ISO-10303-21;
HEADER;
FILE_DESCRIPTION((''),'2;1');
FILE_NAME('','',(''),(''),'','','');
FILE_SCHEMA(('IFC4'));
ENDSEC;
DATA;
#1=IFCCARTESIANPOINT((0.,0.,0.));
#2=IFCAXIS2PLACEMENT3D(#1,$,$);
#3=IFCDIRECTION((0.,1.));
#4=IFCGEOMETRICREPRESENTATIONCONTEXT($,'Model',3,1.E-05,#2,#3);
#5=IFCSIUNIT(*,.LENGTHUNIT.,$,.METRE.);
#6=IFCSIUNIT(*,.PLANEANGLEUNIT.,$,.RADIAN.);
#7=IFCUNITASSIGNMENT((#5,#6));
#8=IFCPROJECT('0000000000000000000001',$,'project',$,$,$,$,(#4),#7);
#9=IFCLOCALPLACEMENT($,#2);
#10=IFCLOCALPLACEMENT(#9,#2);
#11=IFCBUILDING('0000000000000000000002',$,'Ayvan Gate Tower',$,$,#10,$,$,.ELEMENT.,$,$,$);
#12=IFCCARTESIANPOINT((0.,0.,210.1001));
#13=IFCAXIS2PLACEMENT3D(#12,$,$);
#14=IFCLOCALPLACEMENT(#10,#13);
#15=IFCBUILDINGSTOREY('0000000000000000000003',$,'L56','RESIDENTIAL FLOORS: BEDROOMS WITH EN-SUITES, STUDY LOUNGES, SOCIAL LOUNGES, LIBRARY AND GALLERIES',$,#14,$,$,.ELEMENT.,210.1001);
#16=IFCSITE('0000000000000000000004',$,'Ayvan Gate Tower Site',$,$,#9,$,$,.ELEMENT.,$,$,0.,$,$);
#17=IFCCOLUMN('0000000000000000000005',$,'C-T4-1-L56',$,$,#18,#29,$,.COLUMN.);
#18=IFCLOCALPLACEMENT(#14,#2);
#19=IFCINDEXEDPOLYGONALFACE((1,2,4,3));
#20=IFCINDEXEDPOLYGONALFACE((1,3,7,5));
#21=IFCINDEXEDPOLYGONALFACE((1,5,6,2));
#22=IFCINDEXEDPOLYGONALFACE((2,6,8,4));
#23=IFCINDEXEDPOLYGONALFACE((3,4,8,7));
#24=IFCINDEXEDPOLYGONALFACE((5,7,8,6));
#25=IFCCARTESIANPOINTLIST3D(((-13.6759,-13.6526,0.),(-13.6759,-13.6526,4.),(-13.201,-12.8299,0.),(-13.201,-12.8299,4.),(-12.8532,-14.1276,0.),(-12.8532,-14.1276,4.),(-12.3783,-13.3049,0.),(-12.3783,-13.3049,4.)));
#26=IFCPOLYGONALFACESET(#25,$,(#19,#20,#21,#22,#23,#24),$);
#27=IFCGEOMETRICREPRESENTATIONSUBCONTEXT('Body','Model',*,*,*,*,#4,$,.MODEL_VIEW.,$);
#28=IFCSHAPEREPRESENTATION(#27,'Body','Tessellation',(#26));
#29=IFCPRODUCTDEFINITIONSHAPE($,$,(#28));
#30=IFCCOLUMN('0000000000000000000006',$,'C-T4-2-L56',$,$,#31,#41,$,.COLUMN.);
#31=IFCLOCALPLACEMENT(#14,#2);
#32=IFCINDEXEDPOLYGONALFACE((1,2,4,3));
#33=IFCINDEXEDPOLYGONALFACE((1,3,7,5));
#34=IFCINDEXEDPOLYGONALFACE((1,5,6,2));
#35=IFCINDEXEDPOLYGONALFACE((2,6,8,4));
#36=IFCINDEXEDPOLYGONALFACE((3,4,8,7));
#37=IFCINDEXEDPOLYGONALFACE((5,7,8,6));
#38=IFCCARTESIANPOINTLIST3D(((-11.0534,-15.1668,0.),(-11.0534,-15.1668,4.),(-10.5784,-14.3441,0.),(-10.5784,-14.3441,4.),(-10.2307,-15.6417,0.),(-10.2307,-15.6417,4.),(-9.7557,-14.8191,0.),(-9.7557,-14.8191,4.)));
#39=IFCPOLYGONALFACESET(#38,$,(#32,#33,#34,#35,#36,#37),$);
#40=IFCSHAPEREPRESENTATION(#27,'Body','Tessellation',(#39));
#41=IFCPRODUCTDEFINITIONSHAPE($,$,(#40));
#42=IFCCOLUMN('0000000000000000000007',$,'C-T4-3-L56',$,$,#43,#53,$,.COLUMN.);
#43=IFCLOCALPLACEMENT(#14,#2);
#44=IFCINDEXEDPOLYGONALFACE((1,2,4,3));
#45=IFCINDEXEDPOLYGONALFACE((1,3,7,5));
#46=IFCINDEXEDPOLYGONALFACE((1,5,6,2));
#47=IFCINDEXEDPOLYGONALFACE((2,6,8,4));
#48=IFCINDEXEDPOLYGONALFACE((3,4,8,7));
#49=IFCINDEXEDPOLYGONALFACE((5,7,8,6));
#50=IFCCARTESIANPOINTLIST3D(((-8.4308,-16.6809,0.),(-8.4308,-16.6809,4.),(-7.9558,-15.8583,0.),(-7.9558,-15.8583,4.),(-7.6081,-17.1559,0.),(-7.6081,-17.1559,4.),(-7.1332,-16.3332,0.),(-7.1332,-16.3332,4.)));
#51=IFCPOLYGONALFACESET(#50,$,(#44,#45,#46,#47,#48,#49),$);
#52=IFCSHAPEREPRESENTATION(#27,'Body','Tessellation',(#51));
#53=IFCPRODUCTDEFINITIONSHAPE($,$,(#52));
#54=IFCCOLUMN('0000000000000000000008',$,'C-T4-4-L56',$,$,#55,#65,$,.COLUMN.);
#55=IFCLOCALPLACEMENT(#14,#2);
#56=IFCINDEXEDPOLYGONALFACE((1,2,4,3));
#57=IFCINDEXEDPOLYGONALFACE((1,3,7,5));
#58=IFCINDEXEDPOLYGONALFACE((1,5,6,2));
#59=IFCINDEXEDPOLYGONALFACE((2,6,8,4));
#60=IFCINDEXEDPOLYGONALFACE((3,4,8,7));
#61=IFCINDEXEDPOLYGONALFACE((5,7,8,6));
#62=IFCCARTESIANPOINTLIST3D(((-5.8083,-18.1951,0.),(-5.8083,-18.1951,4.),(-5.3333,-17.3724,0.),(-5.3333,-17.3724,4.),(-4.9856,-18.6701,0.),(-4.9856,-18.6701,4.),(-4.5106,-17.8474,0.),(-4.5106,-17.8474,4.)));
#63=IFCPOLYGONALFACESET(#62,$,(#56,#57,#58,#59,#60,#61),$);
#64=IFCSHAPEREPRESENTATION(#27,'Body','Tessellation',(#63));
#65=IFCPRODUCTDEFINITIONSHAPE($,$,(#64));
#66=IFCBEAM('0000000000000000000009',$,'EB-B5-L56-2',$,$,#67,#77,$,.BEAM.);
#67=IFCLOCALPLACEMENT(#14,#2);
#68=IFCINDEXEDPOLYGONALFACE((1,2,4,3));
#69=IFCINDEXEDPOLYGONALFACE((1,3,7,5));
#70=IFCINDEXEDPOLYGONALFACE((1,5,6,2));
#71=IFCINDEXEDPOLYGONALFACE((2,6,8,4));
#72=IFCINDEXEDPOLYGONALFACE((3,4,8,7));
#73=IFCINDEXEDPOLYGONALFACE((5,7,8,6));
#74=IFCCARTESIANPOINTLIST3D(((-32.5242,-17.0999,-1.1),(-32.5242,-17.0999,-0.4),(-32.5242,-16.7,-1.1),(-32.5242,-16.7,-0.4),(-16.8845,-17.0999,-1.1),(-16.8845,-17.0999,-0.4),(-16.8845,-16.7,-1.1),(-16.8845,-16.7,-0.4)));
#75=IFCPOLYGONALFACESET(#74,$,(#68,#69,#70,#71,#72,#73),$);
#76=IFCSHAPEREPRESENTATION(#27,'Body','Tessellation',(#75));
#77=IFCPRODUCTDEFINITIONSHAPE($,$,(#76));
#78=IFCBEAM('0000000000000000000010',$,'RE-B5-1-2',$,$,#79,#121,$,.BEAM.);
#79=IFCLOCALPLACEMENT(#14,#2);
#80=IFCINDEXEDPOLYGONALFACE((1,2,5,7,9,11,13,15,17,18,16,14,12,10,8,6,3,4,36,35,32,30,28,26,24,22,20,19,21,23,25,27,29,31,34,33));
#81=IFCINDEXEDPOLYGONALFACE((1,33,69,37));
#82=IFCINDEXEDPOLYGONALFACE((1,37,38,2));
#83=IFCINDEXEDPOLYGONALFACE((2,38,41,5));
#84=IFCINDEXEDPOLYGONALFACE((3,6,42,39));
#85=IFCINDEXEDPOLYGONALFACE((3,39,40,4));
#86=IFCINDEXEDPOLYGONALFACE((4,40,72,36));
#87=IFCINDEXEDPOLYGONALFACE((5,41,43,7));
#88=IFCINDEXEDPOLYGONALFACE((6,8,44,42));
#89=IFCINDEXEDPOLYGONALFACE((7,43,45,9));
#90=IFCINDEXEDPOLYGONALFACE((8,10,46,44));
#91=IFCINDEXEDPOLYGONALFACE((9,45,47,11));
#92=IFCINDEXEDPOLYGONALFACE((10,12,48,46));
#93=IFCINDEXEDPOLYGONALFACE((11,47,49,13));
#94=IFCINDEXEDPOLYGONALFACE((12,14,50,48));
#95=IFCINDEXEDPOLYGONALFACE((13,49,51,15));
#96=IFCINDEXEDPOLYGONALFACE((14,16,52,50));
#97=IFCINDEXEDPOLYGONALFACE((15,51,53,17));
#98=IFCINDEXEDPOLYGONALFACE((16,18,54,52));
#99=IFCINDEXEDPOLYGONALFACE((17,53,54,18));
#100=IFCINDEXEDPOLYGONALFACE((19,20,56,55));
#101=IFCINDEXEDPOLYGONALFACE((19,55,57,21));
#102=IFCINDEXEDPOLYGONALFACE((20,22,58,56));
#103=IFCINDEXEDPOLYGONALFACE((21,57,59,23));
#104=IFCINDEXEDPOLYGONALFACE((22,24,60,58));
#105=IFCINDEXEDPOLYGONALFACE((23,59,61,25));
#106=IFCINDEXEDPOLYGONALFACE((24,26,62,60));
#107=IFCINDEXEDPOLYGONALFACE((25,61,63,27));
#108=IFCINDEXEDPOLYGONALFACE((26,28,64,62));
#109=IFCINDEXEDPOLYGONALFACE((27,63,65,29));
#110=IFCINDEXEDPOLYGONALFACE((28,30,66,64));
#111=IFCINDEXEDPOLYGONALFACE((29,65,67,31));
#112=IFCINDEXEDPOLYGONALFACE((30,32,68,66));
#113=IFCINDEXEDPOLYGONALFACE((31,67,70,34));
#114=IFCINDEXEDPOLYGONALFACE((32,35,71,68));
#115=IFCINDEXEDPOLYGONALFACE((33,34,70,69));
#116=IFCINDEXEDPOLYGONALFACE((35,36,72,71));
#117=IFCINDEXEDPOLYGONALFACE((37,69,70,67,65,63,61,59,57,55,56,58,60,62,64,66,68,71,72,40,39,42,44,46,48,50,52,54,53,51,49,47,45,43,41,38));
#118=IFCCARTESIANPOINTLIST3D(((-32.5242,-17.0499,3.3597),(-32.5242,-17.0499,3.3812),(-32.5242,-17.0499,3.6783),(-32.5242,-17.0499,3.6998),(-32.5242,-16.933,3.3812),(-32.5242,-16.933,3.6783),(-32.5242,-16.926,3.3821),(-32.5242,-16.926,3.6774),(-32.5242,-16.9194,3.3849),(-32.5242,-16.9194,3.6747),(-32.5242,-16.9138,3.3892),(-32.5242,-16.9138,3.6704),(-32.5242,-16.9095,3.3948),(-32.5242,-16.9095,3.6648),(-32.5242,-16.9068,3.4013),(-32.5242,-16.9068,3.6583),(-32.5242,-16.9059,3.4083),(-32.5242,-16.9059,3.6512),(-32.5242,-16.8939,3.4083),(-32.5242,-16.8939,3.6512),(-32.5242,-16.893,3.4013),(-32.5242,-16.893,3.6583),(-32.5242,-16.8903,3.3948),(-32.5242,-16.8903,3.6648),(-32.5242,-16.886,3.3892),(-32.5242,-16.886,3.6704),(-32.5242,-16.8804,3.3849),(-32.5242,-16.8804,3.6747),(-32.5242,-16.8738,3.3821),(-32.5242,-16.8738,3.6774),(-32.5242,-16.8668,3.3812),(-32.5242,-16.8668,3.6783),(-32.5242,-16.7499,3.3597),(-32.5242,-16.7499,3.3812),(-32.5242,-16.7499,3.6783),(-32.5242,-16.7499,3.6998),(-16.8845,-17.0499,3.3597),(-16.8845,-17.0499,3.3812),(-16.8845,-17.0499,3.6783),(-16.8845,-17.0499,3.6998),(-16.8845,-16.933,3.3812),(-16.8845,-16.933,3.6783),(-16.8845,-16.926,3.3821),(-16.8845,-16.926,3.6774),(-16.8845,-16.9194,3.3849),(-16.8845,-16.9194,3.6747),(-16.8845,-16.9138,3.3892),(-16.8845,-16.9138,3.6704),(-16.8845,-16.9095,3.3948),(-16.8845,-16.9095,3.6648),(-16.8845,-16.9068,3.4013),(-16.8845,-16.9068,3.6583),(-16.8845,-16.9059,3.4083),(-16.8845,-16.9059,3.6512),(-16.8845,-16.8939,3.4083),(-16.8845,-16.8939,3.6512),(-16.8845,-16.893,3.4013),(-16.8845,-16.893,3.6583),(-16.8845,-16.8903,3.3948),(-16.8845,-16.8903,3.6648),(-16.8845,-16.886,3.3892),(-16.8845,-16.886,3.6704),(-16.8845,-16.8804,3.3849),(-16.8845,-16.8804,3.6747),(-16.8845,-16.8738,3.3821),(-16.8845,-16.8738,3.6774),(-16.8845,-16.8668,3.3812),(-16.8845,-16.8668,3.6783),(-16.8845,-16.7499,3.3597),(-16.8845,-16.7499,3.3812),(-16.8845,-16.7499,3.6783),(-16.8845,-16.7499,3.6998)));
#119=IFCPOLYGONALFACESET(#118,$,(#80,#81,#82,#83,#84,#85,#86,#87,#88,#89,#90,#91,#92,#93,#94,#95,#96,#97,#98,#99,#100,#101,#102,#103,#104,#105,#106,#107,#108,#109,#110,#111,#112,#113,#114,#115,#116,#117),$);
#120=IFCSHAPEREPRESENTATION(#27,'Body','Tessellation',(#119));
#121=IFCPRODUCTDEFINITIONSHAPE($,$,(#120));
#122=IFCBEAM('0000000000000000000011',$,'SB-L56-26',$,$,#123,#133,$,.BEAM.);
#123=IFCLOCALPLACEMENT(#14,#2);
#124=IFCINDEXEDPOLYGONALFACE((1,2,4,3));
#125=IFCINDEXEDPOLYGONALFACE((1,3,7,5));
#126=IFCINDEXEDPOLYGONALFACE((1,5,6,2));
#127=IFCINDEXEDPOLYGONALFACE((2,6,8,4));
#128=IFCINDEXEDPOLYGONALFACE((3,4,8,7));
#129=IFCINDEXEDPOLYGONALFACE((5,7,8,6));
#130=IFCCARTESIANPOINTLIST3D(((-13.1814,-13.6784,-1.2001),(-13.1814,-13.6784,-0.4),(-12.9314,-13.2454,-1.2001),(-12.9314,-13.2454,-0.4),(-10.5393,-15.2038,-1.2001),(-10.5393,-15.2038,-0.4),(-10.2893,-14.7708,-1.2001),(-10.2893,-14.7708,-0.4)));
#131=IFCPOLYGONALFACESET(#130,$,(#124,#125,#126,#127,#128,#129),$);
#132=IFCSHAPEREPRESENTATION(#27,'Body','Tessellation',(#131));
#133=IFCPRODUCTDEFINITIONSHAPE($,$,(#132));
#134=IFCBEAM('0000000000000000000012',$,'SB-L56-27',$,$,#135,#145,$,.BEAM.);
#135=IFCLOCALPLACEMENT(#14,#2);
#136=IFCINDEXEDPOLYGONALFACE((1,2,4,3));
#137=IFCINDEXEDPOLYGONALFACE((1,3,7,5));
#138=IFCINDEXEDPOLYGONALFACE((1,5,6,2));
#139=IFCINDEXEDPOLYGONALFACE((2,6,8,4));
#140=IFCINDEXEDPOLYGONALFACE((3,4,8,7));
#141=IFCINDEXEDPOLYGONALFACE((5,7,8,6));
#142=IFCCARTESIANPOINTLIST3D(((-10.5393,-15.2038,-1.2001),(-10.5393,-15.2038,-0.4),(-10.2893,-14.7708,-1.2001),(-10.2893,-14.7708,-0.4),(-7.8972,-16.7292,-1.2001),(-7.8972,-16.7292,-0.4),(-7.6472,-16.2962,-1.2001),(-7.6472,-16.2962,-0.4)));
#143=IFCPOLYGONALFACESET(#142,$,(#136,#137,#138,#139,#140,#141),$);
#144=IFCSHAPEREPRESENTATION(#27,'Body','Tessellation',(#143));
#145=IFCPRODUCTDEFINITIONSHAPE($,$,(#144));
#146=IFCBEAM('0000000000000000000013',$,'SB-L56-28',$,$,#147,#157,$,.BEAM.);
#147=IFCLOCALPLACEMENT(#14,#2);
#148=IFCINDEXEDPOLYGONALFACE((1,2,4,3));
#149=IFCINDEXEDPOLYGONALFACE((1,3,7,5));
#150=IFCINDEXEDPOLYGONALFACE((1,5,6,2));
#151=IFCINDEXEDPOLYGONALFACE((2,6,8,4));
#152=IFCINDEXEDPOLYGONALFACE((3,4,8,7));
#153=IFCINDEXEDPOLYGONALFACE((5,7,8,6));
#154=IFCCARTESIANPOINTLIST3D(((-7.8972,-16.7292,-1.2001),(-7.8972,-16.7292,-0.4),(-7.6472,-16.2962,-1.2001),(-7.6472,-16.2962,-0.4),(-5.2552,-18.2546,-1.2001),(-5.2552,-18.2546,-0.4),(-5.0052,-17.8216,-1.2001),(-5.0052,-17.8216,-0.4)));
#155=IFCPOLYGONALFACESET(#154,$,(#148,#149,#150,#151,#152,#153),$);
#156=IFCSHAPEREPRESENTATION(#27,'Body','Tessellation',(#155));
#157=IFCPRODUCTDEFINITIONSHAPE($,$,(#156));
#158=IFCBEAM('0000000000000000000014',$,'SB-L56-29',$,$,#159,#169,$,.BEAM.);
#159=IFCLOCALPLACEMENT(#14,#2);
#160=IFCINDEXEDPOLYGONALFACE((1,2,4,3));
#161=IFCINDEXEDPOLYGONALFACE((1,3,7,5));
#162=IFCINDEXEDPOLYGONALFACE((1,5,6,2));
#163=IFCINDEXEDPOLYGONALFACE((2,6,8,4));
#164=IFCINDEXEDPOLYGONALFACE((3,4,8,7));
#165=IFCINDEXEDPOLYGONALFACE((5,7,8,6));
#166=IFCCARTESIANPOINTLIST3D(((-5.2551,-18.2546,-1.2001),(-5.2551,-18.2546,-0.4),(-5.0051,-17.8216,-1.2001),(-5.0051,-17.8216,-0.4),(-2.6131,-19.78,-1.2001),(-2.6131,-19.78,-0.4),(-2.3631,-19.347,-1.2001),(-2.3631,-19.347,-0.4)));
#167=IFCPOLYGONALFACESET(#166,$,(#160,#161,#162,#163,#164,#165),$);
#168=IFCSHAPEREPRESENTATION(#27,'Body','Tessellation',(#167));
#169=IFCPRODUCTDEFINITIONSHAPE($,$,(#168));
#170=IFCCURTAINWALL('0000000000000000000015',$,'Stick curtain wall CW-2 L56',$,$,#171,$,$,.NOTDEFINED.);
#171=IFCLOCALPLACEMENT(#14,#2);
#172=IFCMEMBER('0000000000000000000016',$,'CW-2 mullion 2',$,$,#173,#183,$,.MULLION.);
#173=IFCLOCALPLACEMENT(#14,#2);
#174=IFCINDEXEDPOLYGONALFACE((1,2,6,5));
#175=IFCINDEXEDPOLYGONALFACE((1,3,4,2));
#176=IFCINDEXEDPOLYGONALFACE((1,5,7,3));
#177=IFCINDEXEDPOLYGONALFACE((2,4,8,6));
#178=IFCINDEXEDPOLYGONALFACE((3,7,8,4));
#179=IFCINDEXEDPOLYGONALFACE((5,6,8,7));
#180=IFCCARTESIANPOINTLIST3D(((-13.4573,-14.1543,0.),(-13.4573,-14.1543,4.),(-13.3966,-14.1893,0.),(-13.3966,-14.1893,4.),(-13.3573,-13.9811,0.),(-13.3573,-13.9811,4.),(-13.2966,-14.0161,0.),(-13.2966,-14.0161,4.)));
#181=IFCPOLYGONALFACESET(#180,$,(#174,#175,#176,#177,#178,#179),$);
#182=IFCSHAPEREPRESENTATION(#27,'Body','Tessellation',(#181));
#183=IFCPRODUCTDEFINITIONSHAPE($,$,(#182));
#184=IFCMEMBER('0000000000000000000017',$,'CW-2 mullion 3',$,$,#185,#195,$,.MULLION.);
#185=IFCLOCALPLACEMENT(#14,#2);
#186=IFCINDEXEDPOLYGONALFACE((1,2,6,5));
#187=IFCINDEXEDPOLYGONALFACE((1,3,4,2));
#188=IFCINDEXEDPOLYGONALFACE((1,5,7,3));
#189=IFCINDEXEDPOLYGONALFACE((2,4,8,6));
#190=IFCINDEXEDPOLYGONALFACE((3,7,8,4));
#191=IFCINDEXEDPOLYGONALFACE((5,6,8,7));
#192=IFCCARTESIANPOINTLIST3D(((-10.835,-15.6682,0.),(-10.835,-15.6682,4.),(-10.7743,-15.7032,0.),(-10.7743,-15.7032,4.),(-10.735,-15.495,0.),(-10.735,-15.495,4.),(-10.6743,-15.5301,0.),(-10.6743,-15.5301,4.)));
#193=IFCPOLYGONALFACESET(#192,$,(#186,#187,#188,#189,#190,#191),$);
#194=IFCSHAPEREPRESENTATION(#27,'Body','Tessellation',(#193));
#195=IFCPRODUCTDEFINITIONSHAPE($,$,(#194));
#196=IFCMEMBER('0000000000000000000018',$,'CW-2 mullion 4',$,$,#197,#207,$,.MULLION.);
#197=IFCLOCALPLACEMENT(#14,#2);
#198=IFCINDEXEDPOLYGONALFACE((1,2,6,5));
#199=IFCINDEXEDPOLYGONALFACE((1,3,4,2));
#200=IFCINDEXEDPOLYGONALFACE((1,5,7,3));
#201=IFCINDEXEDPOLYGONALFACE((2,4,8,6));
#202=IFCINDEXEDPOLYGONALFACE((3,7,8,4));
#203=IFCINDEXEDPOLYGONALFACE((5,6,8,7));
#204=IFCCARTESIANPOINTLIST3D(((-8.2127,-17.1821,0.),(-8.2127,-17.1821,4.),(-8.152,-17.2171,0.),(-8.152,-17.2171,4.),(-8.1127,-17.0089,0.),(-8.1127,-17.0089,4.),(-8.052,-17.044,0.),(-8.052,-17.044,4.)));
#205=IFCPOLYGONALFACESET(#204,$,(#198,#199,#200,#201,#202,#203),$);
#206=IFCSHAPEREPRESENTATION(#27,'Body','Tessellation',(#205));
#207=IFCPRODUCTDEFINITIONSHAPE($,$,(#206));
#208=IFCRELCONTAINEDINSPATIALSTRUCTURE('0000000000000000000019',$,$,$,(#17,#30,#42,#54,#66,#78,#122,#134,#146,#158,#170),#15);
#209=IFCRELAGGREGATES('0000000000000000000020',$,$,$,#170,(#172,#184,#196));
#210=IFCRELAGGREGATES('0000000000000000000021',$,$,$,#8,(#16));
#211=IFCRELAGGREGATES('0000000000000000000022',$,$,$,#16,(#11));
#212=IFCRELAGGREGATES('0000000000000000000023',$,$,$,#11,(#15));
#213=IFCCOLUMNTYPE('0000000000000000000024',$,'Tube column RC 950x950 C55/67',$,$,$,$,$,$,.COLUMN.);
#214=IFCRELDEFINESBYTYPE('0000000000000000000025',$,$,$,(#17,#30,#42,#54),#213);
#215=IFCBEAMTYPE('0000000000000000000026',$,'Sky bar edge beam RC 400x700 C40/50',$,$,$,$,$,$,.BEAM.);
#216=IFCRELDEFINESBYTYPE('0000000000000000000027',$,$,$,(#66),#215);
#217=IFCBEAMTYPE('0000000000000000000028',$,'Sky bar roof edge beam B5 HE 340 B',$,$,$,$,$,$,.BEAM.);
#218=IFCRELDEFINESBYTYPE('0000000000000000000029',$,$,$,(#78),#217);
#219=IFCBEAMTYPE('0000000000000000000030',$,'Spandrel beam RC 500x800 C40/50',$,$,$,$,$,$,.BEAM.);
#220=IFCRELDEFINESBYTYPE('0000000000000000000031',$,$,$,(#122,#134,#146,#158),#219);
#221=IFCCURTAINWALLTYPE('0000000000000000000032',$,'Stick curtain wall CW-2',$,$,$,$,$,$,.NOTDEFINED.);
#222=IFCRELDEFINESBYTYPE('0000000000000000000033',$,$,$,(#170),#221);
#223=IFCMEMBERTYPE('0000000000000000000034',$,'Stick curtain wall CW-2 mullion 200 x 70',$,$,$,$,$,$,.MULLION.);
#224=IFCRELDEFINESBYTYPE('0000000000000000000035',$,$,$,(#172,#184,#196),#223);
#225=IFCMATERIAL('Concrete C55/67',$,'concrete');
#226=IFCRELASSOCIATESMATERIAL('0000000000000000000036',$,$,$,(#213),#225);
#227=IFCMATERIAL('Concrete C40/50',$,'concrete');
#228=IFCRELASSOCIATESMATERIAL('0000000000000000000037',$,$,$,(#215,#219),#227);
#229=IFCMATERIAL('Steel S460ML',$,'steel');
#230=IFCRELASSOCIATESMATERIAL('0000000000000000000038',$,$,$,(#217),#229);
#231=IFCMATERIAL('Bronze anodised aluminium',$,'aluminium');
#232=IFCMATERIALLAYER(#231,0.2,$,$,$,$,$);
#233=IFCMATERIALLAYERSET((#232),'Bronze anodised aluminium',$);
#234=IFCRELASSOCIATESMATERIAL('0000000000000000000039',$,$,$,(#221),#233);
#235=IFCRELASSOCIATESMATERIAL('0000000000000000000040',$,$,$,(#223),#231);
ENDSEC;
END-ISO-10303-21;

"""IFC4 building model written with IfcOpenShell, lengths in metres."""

from ifc_helpers import new_model, si_unit, direction, frame, origin, origin_2d, place, context, subcontext, project, spatial, rectangle, i_section, extrude, material, layer, layer_set, material_profile, profile_set, type_object, element, aggregate, save


model = new_model("IFC4")

# Units and contexts
model_context = context("Model", 3, precision=1e-05, world=origin(), true_north=direction((0.0, 1.0)))
body_context = subcontext(model_context, "Body", "Model", "MODEL_VIEW")
ifc_project = project(units=[si_unit("LENGTHUNIT", "METRE"), si_unit("PLANEANGLEUNIT", "RADIAN")], contexts=[model_context])

# Site, building, storey
site_placement = place(None, origin())
site = spatial("IfcSite", under=ifc_project, at=site_placement, Name="Ayvan Gate Tower Site", CompositionType="ELEMENT", RefElevation=0.0)
building_placement = place(site_placement, origin())
building = spatial("IfcBuilding", under=site, at=building_placement, Name="Ayvan Gate Tower", CompositionType="ELEMENT")
storey_placement = place(building_placement, frame((0.0, 0.0, 210.1001)))
storey = spatial("IfcBuildingStorey", under=building, at=storey_placement, Name="L56", Description="RESIDENTIAL FLOORS: BEDROOMS WITH EN-SUITES, STUDY LOUNGES, SOCIAL LOUNGES, LIBRARY AND GALLERIES", CompositionType="ELEMENT", Elevation=210.1001)

# Columns
ifc_material_1 = material(Name="Concrete C55/67", Category="concrete")
ifc_material_profile_1 = material_profile(ifc_material_1, rectangle(XDim=0.95, YDim=0.95, at=origin_2d()), Name="RC 950x950")
ifc_profile_set_1 = profile_set([ifc_material_profile_1], Name="Concrete C55/67")
column_type = type_object("IfcColumnType", Name="Tube column RC 950x950 C55/67", PredefinedType="COLUMN", material=ifc_profile_set_1)
for number, where, z_axis, x_axis, name in (
    (1, (-13.0271, -13.4788, 0.0), (0.0, 0.0, 1.0), (-0.5, -0.866025, 0.0), "C-T4-1-L56"),
    (2, (-10.4045, -14.9929, 0.0), (0.0, 0.0, 1.0), (-0.5, -0.866025, 0.0), "C-T4-2-L56"),
    (3, (-7.782, -16.5071, 0.0), (0.0, 0.0, 1.0), (-0.5, -0.866025, 0.0), "C-T4-3-L56"),
    (4, (-5.1594, -18.0212, 0.0), (0.0, 0.0, 1.0), (-0.5, -0.866025, 0.0), "C-T4-4-L56"),
):
    element("IfcColumn", number, at=place(storey_placement, frame(where, z_axis=z_axis, x_axis=x_axis)), inside=storey, type_object=column_type, Name=name, PredefinedType="COLUMN", context=body_context, shape_type="SweptSolid", body=[
        extrude(rectangle(XDim=0.95, YDim=0.95, at=origin_2d()), origin(), (0.0, 0.0, 1.0), 4.0),
    ])

# Beams
ifc_material_2 = material(Name="Concrete C40/50", Category="concrete")
ifc_material_profile_2 = material_profile(ifc_material_2, rectangle(XDim=0.3999, YDim=0.7, at=origin_2d()), Name="RC 400x700")
ifc_profile_set_2 = profile_set([ifc_material_profile_2], Name="Concrete C40/50")
beam_type_1 = type_object("IfcBeamType", Name="Sky bar edge beam RC 400x700 C40/50", PredefinedType="BEAM", material=ifc_profile_set_2)
beam_1_placement = place(storey_placement, frame((-16.8845, -16.8999, -0.75), z_axis=(-1.0, 0.0, 0.0), x_axis=(0.0, -1.0, 0.0)))
element("IfcBeam", 5, at=beam_1_placement, inside=storey, type_object=beam_type_1, Name="EB-B5-L56-2", PredefinedType="BEAM", context=body_context, shape_type="SweptSolid", body=[
    extrude(rectangle(XDim=0.3999, YDim=0.7, at=origin_2d()), origin(), (0.0, 0.0, 1.0), 15.6396),
])
ifc_material_3 = material(Name="Steel S460ML", Category="steel")
ifc_material_profile_3 = material_profile(ifc_material_3, i_section(OverallWidth=0.3, OverallDepth=0.3401, WebThickness=0.012, FlangeThickness=0.0215, FilletRadius=0.0271, at=origin_2d()), Name="HE 340 B")
ifc_profile_set_3 = profile_set([ifc_material_profile_3], Name="Steel S460ML")
beam_type_2 = type_object("IfcBeamType", Name="Sky bar roof edge beam B5 HE 340 B", PredefinedType="BEAM", material=ifc_profile_set_3)
beam_2_placement = place(storey_placement, frame((-16.8845, -16.8999, 3.5298), z_axis=(-1.0, 0.0, 0.0), x_axis=(0.0, -1.0, 0.0)))
element("IfcBeam", 6, at=beam_2_placement, inside=storey, type_object=beam_type_2, Name="RE-B5-1-2", PredefinedType="BEAM", context=body_context, shape_type="SweptSolid", body=[
    extrude(i_section(OverallWidth=0.3, OverallDepth=0.3401, WebThickness=0.012, FlangeThickness=0.0215, FilletRadius=0.0271, at=origin_2d()), origin(), (0.0, 0.0, 1.0), 15.6396),
])
ifc_material_profile_4 = material_profile(ifc_material_2, rectangle(XDim=0.5, YDim=0.8, at=origin_2d()), Name="RC 500x800")
ifc_profile_set_4 = profile_set([ifc_material_profile_4], Name="Concrete C40/50")
beam_type_3 = type_object("IfcBeamType", Name="Spandrel beam RC 500x800 C40/50", PredefinedType="BEAM", material=ifc_profile_set_4)
for number, where, z_axis, x_axis, name in (
    (7, (-13.0564, -13.4619, -0.8), (0.866028, -0.499995, 0.0), (0.499995, 0.866028, 0.0), "SB-L56-26"),
    (8, (-10.4143, -14.9873, -0.8), (0.866028, -0.499995, 0.0), (0.499995, 0.866028, 0.0), "SB-L56-27"),
    (9, (-7.7722, -16.5127, -0.8), (0.866028, -0.499995, 0.0), (0.499995, 0.866028, 0.0), "SB-L56-28"),
    (10, (-5.1301, -18.0381, -0.8), (0.866028, -0.499995, 0.0), (0.499995, 0.866028, 0.0), "SB-L56-29"),
):
    element("IfcBeam", number, at=place(storey_placement, frame(where, z_axis=z_axis, x_axis=x_axis)), inside=storey, type_object=beam_type_3, Name=name, PredefinedType="BEAM", context=body_context, shape_type="SweptSolid", body=[
        extrude(rectangle(XDim=0.5, YDim=0.8, at=origin_2d()), origin(), (0.0, 0.0, 1.0), 3.0508),
    ])

# Curtain wall, members
ifc_material_4 = material(Name="Bronze anodised aluminium", Category="aluminium")
ifc_layer_1 = layer(ifc_material_4, 0.2)
ifc_layer_set_1 = layer_set([ifc_layer_1], Name="Bronze anodised aluminium")
curtain_wall_type_1 = type_object("IfcCurtainWallType", Name="Stick curtain wall CW-2", PredefinedType="NOTDEFINED", material=ifc_layer_set_1)
curtain_wall_1_placement = place(storey_placement, origin())
curtain_wall_1 = element("IfcCurtainWall", 11, at=curtain_wall_1_placement, inside=storey, type_object=curtain_wall_type_1, Name="Stick curtain wall CW-2 L56", PredefinedType="NOTDEFINED")
ifc_material_profile_5 = material_profile(ifc_material_4, rectangle(XDim=0.2, YDim=0.0701, at=origin_2d()), Name="Stick curtain wall CW-2 mullion 200 x 70")
ifc_profile_set_5 = profile_set([ifc_material_profile_5], Name="Bronze anodised aluminium")
member_type_1 = type_object("IfcMemberType", Name="Stick curtain wall CW-2 mullion 200 x 70", PredefinedType="MULLION", material=ifc_profile_set_5)
member_1_placement = place(storey_placement, frame((-13.377, -14.0852, 0.0), z_axis=(0.0, 0.0, 1.0), x_axis=(-0.5, -0.866025, 0.0)))
member_1 = element("IfcMember", 12, at=member_1_placement, type_object=member_type_1, Name="CW-2 mullion 2", PredefinedType="MULLION", context=body_context, shape_type="SweptSolid", body=[
    extrude(rectangle(XDim=0.2, YDim=0.0701, at=origin_2d()), origin(), (0.0, 0.0, 1.0), 4.0),
])
member_2_placement = place(storey_placement, frame((-10.7546, -15.5991, 0.0), z_axis=(0.0, 0.0, 1.0), x_axis=(-0.5, -0.866025, 0.0)))
member_2 = element("IfcMember", 13, at=member_2_placement, type_object=member_type_1, Name="CW-2 mullion 3", PredefinedType="MULLION", context=body_context, shape_type="SweptSolid", body=[
    extrude(rectangle(XDim=0.2, YDim=0.0701, at=origin_2d()), origin(), (0.0, 0.0, 1.0), 4.0),
])
member_3_placement = place(storey_placement, frame((-8.1323, -17.113, 0.0), z_axis=(0.0, 0.0, 1.0), x_axis=(-0.5, -0.866025, 0.0)))
member_3 = element("IfcMember", 14, at=member_3_placement, type_object=member_type_1, Name="CW-2 mullion 4", PredefinedType="MULLION", context=body_context, shape_type="SweptSolid", body=[
    extrude(rectangle(XDim=0.2, YDim=0.0701, at=origin_2d()), origin(), (0.0, 0.0, 1.0), 4.0),
])

aggregate(curtain_wall_1, [member_1, member_2, member_3])

save(model, "model.ifc")
